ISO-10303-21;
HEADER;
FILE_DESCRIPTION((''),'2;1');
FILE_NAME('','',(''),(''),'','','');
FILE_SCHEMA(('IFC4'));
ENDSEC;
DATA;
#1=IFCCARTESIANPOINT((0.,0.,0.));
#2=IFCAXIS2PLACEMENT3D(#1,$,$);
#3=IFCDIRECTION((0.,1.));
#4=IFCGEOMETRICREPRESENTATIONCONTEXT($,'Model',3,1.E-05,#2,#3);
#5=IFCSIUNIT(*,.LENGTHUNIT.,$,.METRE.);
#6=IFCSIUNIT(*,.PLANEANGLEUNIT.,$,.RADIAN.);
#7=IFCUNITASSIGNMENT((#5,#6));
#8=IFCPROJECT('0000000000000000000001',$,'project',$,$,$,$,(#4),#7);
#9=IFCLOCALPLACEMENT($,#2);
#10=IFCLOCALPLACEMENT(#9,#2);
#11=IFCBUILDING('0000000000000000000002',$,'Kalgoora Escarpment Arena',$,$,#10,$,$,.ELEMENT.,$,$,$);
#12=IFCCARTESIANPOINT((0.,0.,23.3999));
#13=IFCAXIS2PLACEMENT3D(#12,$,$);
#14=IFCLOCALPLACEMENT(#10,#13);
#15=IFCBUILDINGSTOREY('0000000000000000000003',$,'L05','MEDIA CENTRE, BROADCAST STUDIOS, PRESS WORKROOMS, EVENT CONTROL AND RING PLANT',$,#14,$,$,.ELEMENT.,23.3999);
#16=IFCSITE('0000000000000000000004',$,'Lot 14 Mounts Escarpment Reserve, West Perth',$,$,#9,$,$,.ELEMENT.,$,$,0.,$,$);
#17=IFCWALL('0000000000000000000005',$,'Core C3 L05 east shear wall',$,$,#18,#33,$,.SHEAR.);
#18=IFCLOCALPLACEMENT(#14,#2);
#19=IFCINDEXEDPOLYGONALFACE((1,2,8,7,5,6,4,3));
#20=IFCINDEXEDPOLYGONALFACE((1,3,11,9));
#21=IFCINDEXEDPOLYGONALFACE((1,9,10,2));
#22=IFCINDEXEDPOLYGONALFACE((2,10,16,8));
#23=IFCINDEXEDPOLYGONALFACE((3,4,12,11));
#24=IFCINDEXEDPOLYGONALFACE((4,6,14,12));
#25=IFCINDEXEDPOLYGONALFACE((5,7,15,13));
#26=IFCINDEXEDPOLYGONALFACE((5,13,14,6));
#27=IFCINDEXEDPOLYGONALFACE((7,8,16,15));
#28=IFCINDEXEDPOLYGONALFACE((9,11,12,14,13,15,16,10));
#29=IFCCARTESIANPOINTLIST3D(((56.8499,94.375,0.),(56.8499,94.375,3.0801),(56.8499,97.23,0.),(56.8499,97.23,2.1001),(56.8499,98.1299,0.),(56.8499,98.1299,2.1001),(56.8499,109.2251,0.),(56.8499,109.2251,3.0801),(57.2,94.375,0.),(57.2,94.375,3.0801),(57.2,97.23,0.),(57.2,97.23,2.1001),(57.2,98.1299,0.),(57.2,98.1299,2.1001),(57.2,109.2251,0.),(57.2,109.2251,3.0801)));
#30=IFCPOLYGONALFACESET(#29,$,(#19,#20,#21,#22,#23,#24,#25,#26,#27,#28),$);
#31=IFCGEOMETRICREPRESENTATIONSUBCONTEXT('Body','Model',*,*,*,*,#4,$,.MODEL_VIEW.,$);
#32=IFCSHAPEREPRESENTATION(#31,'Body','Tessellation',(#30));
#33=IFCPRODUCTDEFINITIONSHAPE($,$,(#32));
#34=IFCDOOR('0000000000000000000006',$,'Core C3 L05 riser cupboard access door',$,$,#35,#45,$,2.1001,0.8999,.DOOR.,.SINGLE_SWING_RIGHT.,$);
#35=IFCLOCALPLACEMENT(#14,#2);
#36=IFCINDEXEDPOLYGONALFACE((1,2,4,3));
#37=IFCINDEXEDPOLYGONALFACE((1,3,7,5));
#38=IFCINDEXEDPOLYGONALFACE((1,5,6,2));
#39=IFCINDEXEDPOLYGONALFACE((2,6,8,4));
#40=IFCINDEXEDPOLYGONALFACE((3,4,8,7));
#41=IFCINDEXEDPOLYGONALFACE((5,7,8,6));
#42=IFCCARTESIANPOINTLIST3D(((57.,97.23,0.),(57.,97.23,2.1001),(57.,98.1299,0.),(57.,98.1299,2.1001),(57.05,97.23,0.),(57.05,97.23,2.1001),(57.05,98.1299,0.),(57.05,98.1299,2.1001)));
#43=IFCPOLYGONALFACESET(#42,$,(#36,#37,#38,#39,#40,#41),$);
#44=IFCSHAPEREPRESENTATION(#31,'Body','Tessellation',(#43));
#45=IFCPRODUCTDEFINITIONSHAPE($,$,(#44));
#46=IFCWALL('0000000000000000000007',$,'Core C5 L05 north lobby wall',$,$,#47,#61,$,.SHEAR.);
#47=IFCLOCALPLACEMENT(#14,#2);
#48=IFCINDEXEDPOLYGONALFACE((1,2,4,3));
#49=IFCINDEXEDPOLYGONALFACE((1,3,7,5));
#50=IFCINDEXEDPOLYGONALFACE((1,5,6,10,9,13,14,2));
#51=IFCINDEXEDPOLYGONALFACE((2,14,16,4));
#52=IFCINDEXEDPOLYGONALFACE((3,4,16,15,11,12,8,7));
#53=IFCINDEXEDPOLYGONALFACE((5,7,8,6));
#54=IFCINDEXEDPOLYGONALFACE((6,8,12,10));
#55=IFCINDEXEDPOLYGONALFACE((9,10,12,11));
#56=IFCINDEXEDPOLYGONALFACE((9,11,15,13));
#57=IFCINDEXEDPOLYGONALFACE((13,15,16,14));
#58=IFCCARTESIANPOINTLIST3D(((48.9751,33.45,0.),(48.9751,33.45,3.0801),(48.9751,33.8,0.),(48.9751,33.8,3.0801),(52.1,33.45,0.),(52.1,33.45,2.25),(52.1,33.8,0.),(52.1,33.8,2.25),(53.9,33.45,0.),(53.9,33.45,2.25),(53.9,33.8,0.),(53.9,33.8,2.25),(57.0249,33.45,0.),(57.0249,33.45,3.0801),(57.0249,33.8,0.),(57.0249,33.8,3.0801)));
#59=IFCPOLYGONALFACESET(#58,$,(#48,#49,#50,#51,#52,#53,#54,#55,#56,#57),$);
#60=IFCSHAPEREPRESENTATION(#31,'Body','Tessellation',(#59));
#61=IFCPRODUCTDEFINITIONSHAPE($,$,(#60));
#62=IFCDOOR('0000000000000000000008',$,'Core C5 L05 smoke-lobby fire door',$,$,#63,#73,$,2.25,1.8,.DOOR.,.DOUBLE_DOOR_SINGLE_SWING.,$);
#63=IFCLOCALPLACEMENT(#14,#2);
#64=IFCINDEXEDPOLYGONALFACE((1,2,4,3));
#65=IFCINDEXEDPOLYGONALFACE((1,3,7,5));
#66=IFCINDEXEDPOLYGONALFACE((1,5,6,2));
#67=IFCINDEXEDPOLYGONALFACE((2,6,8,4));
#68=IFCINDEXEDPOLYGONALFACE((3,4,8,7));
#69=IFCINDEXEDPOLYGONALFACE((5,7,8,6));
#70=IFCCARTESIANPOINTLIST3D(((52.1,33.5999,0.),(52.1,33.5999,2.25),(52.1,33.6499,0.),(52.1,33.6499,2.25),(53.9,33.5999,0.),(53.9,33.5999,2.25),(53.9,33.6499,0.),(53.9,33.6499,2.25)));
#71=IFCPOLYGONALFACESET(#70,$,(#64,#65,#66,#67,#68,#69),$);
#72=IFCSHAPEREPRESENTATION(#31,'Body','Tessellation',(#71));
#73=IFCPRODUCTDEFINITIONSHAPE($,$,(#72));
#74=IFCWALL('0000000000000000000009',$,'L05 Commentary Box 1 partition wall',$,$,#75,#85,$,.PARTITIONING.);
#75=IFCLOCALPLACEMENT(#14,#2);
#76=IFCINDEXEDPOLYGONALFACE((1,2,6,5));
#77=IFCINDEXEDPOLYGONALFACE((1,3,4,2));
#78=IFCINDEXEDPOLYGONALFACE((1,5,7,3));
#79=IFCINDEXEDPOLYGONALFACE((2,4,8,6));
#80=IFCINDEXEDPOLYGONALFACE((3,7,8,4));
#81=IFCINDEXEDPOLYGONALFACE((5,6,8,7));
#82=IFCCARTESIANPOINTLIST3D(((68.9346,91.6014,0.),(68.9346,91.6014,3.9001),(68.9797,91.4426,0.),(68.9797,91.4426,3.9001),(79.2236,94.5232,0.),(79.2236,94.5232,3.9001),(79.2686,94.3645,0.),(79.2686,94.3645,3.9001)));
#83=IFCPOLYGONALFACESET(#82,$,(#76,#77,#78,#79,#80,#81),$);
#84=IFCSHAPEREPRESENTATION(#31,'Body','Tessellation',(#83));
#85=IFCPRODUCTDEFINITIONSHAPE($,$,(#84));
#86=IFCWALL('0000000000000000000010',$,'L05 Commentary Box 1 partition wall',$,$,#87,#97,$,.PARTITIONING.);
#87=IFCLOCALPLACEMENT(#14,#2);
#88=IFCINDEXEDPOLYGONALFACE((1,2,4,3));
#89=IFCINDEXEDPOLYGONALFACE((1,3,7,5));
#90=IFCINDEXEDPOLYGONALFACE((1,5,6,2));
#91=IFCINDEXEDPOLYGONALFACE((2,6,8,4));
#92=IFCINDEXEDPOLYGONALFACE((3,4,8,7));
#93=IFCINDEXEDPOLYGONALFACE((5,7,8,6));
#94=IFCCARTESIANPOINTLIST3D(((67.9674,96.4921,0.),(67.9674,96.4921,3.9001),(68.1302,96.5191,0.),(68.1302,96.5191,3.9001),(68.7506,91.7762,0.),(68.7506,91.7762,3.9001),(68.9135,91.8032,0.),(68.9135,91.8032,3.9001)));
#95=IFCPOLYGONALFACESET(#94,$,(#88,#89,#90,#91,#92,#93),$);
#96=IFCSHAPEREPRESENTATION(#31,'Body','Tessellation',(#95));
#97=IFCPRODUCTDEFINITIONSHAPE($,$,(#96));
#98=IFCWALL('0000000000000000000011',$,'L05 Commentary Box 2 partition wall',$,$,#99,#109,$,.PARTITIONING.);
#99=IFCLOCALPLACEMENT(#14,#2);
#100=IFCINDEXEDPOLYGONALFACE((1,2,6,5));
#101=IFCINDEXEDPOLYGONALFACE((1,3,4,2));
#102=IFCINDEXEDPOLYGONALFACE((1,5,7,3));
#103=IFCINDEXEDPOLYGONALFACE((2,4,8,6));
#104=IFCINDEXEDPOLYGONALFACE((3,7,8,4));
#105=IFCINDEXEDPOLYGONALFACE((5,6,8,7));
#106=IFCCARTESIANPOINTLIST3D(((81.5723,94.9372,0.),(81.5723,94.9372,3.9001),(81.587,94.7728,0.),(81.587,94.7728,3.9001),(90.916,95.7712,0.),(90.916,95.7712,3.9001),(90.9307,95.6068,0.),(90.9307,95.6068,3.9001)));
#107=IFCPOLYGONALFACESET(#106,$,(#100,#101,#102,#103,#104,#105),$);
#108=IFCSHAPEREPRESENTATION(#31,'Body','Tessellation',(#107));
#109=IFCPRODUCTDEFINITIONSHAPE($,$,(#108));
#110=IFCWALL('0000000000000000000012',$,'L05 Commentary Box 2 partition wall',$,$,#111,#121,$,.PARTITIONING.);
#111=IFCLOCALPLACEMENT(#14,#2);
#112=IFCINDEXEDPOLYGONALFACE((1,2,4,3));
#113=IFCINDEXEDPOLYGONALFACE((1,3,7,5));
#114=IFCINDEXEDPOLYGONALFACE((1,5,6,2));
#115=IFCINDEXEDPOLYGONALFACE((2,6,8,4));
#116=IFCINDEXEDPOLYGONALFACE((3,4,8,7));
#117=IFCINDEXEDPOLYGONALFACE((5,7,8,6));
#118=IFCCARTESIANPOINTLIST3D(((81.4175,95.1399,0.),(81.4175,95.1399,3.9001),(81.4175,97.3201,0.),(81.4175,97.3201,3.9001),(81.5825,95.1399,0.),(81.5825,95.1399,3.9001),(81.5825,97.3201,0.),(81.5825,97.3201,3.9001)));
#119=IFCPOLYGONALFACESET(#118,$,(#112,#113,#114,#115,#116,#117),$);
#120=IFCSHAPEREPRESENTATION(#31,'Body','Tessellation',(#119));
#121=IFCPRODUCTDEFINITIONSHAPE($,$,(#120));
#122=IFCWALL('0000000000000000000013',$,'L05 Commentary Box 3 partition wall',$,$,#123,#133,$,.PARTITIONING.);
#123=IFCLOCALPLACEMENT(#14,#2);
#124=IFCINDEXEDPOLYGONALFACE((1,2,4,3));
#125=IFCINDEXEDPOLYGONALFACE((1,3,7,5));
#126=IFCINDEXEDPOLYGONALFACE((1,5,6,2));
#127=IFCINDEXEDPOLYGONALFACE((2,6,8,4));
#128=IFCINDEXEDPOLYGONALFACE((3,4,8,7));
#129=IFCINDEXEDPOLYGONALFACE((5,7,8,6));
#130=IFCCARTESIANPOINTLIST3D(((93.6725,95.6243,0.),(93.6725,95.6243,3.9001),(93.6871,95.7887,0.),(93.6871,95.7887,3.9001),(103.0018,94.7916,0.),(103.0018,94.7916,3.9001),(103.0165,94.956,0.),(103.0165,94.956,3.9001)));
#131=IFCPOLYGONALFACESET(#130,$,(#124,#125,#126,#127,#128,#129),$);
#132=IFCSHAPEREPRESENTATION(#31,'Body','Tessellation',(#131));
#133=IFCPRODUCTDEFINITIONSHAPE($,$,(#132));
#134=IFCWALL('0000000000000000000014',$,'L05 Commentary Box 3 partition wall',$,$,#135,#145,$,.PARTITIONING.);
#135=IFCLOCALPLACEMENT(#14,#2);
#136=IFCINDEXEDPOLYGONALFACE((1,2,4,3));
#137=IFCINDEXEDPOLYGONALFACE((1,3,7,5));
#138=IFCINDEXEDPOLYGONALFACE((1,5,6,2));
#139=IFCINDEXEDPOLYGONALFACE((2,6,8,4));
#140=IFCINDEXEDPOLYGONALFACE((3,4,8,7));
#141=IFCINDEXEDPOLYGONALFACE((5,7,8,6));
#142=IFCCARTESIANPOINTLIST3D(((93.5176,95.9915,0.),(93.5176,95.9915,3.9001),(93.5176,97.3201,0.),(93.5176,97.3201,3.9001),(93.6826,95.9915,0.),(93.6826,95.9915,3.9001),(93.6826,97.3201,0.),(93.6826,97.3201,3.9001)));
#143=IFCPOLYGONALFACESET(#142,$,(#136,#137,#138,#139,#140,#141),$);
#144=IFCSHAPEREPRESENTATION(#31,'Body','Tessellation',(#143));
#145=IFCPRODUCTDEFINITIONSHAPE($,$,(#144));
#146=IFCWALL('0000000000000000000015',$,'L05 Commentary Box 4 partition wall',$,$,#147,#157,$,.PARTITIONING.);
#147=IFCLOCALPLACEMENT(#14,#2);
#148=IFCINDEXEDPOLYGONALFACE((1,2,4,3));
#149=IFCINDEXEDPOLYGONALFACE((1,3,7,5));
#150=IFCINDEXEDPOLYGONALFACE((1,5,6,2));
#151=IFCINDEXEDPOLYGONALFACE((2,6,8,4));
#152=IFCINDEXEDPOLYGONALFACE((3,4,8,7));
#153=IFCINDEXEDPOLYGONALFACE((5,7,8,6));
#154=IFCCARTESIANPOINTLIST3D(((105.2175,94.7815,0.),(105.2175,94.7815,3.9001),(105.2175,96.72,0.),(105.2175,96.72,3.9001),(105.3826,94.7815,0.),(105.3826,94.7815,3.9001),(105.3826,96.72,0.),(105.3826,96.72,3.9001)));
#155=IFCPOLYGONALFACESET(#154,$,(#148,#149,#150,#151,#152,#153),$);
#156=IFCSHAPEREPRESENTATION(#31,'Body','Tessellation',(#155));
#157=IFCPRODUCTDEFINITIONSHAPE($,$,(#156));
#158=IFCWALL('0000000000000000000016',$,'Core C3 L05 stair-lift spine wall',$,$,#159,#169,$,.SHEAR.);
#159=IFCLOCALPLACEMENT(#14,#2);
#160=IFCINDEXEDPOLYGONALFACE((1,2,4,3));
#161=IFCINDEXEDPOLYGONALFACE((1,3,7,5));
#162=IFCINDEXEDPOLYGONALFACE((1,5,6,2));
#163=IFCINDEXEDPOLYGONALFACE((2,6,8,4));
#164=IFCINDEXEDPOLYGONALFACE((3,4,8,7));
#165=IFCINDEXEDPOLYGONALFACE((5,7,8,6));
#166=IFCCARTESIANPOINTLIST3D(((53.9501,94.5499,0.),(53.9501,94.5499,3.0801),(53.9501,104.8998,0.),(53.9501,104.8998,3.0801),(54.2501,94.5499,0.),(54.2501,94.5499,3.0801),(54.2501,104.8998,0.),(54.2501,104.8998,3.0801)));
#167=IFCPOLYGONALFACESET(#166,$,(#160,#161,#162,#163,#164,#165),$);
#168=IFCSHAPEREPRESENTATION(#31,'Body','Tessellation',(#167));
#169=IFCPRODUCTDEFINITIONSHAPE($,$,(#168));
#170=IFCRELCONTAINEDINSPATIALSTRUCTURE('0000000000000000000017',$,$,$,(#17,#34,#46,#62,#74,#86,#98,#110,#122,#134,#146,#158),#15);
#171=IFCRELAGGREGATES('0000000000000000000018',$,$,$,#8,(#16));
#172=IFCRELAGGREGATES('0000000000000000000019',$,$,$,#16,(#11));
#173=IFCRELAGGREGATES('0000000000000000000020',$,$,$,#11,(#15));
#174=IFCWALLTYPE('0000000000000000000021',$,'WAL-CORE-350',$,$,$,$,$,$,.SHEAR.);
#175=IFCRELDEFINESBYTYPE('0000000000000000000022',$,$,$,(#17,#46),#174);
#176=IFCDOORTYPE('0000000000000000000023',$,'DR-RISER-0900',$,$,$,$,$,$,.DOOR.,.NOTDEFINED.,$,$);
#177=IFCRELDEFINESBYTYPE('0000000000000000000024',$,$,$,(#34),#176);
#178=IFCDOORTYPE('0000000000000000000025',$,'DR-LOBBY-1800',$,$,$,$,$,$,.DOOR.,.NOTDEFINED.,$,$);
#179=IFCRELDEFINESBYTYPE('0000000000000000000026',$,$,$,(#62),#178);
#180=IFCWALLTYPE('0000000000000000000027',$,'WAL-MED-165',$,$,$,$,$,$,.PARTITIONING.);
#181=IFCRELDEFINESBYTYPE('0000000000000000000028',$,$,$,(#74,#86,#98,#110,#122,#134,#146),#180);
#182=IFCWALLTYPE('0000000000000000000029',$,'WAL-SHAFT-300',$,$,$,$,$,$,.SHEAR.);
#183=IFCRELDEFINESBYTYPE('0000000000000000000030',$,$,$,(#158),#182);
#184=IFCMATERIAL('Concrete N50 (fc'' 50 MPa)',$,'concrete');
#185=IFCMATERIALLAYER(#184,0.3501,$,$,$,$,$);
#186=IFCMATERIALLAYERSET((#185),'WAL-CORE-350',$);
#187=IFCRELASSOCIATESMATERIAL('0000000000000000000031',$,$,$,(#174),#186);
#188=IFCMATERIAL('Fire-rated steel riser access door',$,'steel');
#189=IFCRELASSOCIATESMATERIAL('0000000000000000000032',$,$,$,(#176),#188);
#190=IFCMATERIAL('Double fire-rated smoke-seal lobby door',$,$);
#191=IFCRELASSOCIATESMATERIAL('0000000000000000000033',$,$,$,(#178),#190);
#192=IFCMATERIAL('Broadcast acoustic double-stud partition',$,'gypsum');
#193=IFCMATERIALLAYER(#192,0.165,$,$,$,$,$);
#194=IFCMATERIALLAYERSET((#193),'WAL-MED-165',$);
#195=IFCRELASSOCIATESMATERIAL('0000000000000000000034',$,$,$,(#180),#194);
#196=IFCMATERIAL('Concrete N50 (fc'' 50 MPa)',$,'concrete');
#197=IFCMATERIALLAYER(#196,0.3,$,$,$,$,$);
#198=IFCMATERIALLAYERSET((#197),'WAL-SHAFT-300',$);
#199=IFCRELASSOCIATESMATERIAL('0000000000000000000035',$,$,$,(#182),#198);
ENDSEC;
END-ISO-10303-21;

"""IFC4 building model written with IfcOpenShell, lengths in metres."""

from ifc_helpers import new_model, si_unit, direction, frame, frame_2d, origin, place, context, subcontext, project, spatial, rectangle, extrude, material, layer, layer_set, type_object, element, fill, save


model = new_model("IFC4")

# Units and contexts
model_context = context("Model", 3, precision=1e-05, world=origin(), true_north=direction((0.0, 1.0)))
body_context = subcontext(model_context, "Body", "Model", "MODEL_VIEW")
ifc_project = project(units=[si_unit("LENGTHUNIT", "METRE"), si_unit("PLANEANGLEUNIT", "RADIAN")], contexts=[model_context])

# Site, building, storey
site_placement = place(None, origin())
site = spatial("IfcSite", under=ifc_project, at=site_placement, Name="Lot 14 Mounts Escarpment Reserve, West Perth", CompositionType="ELEMENT", RefElevation=0.0)
building_placement = place(site_placement, origin())
building = spatial("IfcBuilding", under=site, at=building_placement, Name="Kalgoora Escarpment Arena", CompositionType="ELEMENT")
storey_placement = place(building_placement, frame((0.0, 0.0, 23.3999)))
storey = spatial("IfcBuildingStorey", under=building, at=storey_placement, Name="L05", Description="MEDIA CENTRE, BROADCAST STUDIOS, PRESS WORKROOMS, EVENT CONTROL AND RING PLANT", CompositionType="ELEMENT", Elevation=23.3999)

# Shared definitions
ifc_material_1 = material(Name="Concrete N50 (fc' 50 MPa)", Category="concrete")
ifc_layer_1 = layer(ifc_material_1, 0.3501)
ifc_layer_set_1 = layer_set([ifc_layer_1], Name="WAL-CORE-350")
wall_type_1 = type_object("IfcWallType", Name="WAL-CORE-350", PredefinedType="SHEAR", material=ifc_layer_set_1)

# Walls, openings, doors
wall_1_placement = place(storey_placement, frame((57.0249, 94.375, 0.0), z_axis=(0.0, 0.0, 1.0), x_axis=(0.0, 1.0, 0.0)))
wall_1 = element("IfcWall", 1, at=wall_1_placement, inside=storey, type_object=wall_type_1, Name="Core C3 L05 east shear wall", PredefinedType="SHEAR", context=body_context, shape_type="SweptSolid", body=[
    extrude(rectangle(XDim=14.8501, YDim=0.3501, at=frame_2d((7.425, 0.0))), origin(), (0.0, 0.0, 1.0), 3.0801),
])
opening_1_placement = place(wall_1_placement, frame((2.855, 0.0, 0.0)))
opening_1 = element("IfcOpeningElement", 2, at=opening_1_placement, cuts=wall_1, PredefinedType="OPENING", context=body_context, shape_type="SweptSolid", body=[
    extrude(rectangle(XDim=0.8999, YDim=2.1001, at=frame_2d((0.45, 1.05))), frame((0.0, 0.1851, 0.0), z_axis=(0.0, -1.0, 0.0), x_axis=(1.0, 0.0, 0.0)), (0.0, 0.0, 1.0), 0.3701),
])
ifc_material_2 = material(Name="Fire-rated steel riser access door", Category="steel")
door_type_1 = type_object("IfcDoorType", Name="DR-RISER-0900", OperationType="NOTDEFINED", PredefinedType="DOOR", material=ifc_material_2)
door_1_placement = place(opening_1_placement, origin())
door_1 = element("IfcDoor", 3, at=door_1_placement, inside=storey, type_object=door_type_1, Name="Core C3 L05 riser cupboard access door", OperationType="SINGLE_SWING_RIGHT", OverallHeight=2.1001, OverallWidth=0.8999, PredefinedType="DOOR", context=body_context, shape_type="SweptSolid", body=[
    extrude(rectangle(XDim=0.8999, YDim=2.1001, at=frame_2d((0.45, 1.05))), frame((0.0, 0.0249, 0.0), z_axis=(0.0, -1.0, 0.0), x_axis=(1.0, 0.0, 0.0)), (0.0, 0.0, 1.0), 0.05),
])
fill(opening_1, door_1)
wall_2_placement = place(storey_placement, frame((48.9751, 33.625, 0.0), z_axis=(0.0, 0.0, 1.0), x_axis=(1.0, 0.0, 0.0)))
wall_2 = element("IfcWall", 4, at=wall_2_placement, inside=storey, type_object=wall_type_1, Name="Core C5 L05 north lobby wall", PredefinedType="SHEAR", context=body_context, shape_type="SweptSolid", body=[
    extrude(rectangle(XDim=8.0498, YDim=0.3501, at=frame_2d((4.0249, 0.0))), origin(), (0.0, 0.0, 1.0), 3.0801),
])
opening_2_placement = place(wall_2_placement, frame((3.125, 0.0, 0.0)))
opening_2 = element("IfcOpeningElement", 5, at=opening_2_placement, cuts=wall_2, PredefinedType="OPENING", context=body_context, shape_type="SweptSolid", body=[
    extrude(rectangle(XDim=1.8, YDim=2.25, at=frame_2d((0.8999, 1.125))), frame((0.0, 0.1851, 0.0), z_axis=(0.0, -1.0, 0.0), x_axis=(1.0, 0.0, 0.0)), (0.0, 0.0, 1.0), 0.3701),
])
ifc_material_3 = material(Name="Double fire-rated smoke-seal lobby door")
door_type_2 = type_object("IfcDoorType", Name="DR-LOBBY-1800", OperationType="NOTDEFINED", PredefinedType="DOOR", material=ifc_material_3)
door_2_placement = place(opening_2_placement, origin())
door_2 = element("IfcDoor", 6, at=door_2_placement, inside=storey, type_object=door_type_2, Name="Core C5 L05 smoke-lobby fire door", OperationType="DOUBLE_DOOR_SINGLE_SWING", OverallHeight=2.25, OverallWidth=1.8, PredefinedType="DOOR", context=body_context, shape_type="SweptSolid", body=[
    extrude(rectangle(XDim=1.8, YDim=2.25, at=frame_2d((0.8999, 1.125))), frame((0.0, 0.0249, 0.0), z_axis=(0.0, -1.0, 0.0), x_axis=(1.0, 0.0, 0.0)), (0.0, 0.0, 1.0), 0.05),
])
fill(opening_2, door_2)

# Walls
ifc_material_4 = material(Name="Broadcast acoustic double-stud partition", Category="gypsum")
ifc_layer_2 = layer(ifc_material_4, 0.165)
ifc_layer_set_2 = layer_set([ifc_layer_2], Name="WAL-MED-165")
wall_type_2 = type_object("IfcWallType", Name="WAL-MED-165", PredefinedType="PARTITIONING", material=ifc_layer_set_2)
wall_3_placement = place(storey_placement, frame((79.2461, 94.4438, 0.0), z_axis=(0.0, 0.0, 1.0), x_axis=(-0.961964, -0.273177, 0.0)))
element("IfcWall", 7, at=wall_3_placement, inside=storey, type_object=wall_type_2, Name="L05 Commentary Box 1 partition wall", PredefinedType="PARTITIONING", context=body_context, shape_type="SweptSolid", body=[
    extrude(rectangle(XDim=10.6958, YDim=0.165, at=frame_2d((5.3479, 0.0))), origin(), (0.0, 0.0, 1.0), 3.9001),
])
wall_4_placement = place(storey_placement, frame((68.832, 91.7898, 0.0), z_axis=(0.0, 0.0, 1.0), x_axis=(-0.163836, 0.986488, 0.0)))
element("IfcWall", 8, at=wall_4_placement, inside=storey, type_object=wall_type_2, Name="L05 Commentary Box 1 partition wall", PredefinedType="PARTITIONING", context=body_context, shape_type="SweptSolid", body=[
    extrude(rectangle(XDim=4.7805, YDim=0.165, at=frame_2d((2.3901, 0.0))), origin(), (0.0, 0.0, 1.0), 3.9001),
])
wall_5_placement = place(storey_placement, frame((90.9233, 95.689, 0.0), z_axis=(0.0, 0.0, 1.0), x_axis=(-0.99604, -0.088902, 0.0)))
element("IfcWall", 9, at=wall_5_placement, inside=storey, type_object=wall_type_2, Name="L05 Commentary Box 2 partition wall", PredefinedType="PARTITIONING", context=body_context, shape_type="SweptSolid", body=[
    extrude(rectangle(XDim=9.3809, YDim=0.165, at=frame_2d((4.6904, 0.0))), origin(), (0.0, 0.0, 1.0), 3.9001),
])
wall_6_placement = place(storey_placement, frame((81.5, 95.1399, 0.0), z_axis=(0.0, 0.0, 1.0), x_axis=(0.0, 1.0, 0.0)))
element("IfcWall", 10, at=wall_6_placement, inside=storey, type_object=wall_type_2, Name="L05 Commentary Box 2 partition wall", PredefinedType="PARTITIONING", context=body_context, shape_type="SweptSolid", body=[
    extrude(rectangle(XDim=2.1802, YDim=0.165, at=frame_2d((1.0901, 0.0))), origin(), (0.0, 0.0, 1.0), 3.9001),
])
wall_7_placement = place(storey_placement, frame((103.009, 94.8738, 0.0), z_axis=(0.0, 0.0, 1.0), x_axis=(-0.99604, 0.088909, 0.0)))
element("IfcWall", 11, at=wall_7_placement, inside=storey, type_object=wall_type_2, Name="L05 Commentary Box 3 partition wall", PredefinedType="PARTITIONING", context=body_context, shape_type="SweptSolid", body=[
    extrude(rectangle(XDim=9.3665, YDim=0.165, at=frame_2d((4.6831, 0.0))), origin(), (0.0, 0.0, 1.0), 3.9001),
])
wall_8_placement = place(storey_placement, frame((93.6001, 95.9915, 0.0), z_axis=(0.0, 0.0, 1.0), x_axis=(0.0, 1.0, 0.0)))
element("IfcWall", 12, at=wall_8_placement, inside=storey, type_object=wall_type_2, Name="L05 Commentary Box 3 partition wall", PredefinedType="PARTITIONING", context=body_context, shape_type="SweptSolid", body=[
    extrude(rectangle(XDim=1.3286, YDim=0.165, at=frame_2d((0.6643, 0.0))), origin(), (0.0, 0.0, 1.0), 3.9001),
])
wall_9_placement = place(storey_placement, frame((105.3, 94.7815, 0.0), z_axis=(0.0, 0.0, 1.0), x_axis=(0.0, 1.0, 0.0)))
element("IfcWall", 13, at=wall_9_placement, inside=storey, type_object=wall_type_2, Name="L05 Commentary Box 4 partition wall", PredefinedType="PARTITIONING", context=body_context, shape_type="SweptSolid", body=[
    extrude(rectangle(XDim=1.9385, YDim=0.165, at=frame_2d((0.9692, 0.0))), origin(), (0.0, 0.0, 1.0), 3.9001),
])
ifc_material_5 = material(Name="Concrete N50 (fc' 50 MPa)", Category="concrete")
ifc_layer_3 = layer(ifc_material_5, 0.3)
ifc_layer_set_3 = layer_set([ifc_layer_3], Name="WAL-SHAFT-300")
wall_type_3 = type_object("IfcWallType", Name="WAL-SHAFT-300", PredefinedType="SHEAR", material=ifc_layer_set_3)
wall_10_placement = place(storey_placement, frame((54.1001, 94.55, 0.0), z_axis=(0.0, 0.0, 1.0), x_axis=(0.0, 1.0, 0.0)))
element("IfcWall", 14, at=wall_10_placement, inside=storey, type_object=wall_type_3, Name="Core C3 L05 stair-lift spine wall", PredefinedType="SHEAR", context=body_context, shape_type="SweptSolid", body=[
    extrude(rectangle(XDim=10.3499, YDim=0.3, at=frame_2d((5.1748, 0.0))), origin(), (0.0, 0.0, 1.0), 3.0801),
])

save(model, "model.ifc")
